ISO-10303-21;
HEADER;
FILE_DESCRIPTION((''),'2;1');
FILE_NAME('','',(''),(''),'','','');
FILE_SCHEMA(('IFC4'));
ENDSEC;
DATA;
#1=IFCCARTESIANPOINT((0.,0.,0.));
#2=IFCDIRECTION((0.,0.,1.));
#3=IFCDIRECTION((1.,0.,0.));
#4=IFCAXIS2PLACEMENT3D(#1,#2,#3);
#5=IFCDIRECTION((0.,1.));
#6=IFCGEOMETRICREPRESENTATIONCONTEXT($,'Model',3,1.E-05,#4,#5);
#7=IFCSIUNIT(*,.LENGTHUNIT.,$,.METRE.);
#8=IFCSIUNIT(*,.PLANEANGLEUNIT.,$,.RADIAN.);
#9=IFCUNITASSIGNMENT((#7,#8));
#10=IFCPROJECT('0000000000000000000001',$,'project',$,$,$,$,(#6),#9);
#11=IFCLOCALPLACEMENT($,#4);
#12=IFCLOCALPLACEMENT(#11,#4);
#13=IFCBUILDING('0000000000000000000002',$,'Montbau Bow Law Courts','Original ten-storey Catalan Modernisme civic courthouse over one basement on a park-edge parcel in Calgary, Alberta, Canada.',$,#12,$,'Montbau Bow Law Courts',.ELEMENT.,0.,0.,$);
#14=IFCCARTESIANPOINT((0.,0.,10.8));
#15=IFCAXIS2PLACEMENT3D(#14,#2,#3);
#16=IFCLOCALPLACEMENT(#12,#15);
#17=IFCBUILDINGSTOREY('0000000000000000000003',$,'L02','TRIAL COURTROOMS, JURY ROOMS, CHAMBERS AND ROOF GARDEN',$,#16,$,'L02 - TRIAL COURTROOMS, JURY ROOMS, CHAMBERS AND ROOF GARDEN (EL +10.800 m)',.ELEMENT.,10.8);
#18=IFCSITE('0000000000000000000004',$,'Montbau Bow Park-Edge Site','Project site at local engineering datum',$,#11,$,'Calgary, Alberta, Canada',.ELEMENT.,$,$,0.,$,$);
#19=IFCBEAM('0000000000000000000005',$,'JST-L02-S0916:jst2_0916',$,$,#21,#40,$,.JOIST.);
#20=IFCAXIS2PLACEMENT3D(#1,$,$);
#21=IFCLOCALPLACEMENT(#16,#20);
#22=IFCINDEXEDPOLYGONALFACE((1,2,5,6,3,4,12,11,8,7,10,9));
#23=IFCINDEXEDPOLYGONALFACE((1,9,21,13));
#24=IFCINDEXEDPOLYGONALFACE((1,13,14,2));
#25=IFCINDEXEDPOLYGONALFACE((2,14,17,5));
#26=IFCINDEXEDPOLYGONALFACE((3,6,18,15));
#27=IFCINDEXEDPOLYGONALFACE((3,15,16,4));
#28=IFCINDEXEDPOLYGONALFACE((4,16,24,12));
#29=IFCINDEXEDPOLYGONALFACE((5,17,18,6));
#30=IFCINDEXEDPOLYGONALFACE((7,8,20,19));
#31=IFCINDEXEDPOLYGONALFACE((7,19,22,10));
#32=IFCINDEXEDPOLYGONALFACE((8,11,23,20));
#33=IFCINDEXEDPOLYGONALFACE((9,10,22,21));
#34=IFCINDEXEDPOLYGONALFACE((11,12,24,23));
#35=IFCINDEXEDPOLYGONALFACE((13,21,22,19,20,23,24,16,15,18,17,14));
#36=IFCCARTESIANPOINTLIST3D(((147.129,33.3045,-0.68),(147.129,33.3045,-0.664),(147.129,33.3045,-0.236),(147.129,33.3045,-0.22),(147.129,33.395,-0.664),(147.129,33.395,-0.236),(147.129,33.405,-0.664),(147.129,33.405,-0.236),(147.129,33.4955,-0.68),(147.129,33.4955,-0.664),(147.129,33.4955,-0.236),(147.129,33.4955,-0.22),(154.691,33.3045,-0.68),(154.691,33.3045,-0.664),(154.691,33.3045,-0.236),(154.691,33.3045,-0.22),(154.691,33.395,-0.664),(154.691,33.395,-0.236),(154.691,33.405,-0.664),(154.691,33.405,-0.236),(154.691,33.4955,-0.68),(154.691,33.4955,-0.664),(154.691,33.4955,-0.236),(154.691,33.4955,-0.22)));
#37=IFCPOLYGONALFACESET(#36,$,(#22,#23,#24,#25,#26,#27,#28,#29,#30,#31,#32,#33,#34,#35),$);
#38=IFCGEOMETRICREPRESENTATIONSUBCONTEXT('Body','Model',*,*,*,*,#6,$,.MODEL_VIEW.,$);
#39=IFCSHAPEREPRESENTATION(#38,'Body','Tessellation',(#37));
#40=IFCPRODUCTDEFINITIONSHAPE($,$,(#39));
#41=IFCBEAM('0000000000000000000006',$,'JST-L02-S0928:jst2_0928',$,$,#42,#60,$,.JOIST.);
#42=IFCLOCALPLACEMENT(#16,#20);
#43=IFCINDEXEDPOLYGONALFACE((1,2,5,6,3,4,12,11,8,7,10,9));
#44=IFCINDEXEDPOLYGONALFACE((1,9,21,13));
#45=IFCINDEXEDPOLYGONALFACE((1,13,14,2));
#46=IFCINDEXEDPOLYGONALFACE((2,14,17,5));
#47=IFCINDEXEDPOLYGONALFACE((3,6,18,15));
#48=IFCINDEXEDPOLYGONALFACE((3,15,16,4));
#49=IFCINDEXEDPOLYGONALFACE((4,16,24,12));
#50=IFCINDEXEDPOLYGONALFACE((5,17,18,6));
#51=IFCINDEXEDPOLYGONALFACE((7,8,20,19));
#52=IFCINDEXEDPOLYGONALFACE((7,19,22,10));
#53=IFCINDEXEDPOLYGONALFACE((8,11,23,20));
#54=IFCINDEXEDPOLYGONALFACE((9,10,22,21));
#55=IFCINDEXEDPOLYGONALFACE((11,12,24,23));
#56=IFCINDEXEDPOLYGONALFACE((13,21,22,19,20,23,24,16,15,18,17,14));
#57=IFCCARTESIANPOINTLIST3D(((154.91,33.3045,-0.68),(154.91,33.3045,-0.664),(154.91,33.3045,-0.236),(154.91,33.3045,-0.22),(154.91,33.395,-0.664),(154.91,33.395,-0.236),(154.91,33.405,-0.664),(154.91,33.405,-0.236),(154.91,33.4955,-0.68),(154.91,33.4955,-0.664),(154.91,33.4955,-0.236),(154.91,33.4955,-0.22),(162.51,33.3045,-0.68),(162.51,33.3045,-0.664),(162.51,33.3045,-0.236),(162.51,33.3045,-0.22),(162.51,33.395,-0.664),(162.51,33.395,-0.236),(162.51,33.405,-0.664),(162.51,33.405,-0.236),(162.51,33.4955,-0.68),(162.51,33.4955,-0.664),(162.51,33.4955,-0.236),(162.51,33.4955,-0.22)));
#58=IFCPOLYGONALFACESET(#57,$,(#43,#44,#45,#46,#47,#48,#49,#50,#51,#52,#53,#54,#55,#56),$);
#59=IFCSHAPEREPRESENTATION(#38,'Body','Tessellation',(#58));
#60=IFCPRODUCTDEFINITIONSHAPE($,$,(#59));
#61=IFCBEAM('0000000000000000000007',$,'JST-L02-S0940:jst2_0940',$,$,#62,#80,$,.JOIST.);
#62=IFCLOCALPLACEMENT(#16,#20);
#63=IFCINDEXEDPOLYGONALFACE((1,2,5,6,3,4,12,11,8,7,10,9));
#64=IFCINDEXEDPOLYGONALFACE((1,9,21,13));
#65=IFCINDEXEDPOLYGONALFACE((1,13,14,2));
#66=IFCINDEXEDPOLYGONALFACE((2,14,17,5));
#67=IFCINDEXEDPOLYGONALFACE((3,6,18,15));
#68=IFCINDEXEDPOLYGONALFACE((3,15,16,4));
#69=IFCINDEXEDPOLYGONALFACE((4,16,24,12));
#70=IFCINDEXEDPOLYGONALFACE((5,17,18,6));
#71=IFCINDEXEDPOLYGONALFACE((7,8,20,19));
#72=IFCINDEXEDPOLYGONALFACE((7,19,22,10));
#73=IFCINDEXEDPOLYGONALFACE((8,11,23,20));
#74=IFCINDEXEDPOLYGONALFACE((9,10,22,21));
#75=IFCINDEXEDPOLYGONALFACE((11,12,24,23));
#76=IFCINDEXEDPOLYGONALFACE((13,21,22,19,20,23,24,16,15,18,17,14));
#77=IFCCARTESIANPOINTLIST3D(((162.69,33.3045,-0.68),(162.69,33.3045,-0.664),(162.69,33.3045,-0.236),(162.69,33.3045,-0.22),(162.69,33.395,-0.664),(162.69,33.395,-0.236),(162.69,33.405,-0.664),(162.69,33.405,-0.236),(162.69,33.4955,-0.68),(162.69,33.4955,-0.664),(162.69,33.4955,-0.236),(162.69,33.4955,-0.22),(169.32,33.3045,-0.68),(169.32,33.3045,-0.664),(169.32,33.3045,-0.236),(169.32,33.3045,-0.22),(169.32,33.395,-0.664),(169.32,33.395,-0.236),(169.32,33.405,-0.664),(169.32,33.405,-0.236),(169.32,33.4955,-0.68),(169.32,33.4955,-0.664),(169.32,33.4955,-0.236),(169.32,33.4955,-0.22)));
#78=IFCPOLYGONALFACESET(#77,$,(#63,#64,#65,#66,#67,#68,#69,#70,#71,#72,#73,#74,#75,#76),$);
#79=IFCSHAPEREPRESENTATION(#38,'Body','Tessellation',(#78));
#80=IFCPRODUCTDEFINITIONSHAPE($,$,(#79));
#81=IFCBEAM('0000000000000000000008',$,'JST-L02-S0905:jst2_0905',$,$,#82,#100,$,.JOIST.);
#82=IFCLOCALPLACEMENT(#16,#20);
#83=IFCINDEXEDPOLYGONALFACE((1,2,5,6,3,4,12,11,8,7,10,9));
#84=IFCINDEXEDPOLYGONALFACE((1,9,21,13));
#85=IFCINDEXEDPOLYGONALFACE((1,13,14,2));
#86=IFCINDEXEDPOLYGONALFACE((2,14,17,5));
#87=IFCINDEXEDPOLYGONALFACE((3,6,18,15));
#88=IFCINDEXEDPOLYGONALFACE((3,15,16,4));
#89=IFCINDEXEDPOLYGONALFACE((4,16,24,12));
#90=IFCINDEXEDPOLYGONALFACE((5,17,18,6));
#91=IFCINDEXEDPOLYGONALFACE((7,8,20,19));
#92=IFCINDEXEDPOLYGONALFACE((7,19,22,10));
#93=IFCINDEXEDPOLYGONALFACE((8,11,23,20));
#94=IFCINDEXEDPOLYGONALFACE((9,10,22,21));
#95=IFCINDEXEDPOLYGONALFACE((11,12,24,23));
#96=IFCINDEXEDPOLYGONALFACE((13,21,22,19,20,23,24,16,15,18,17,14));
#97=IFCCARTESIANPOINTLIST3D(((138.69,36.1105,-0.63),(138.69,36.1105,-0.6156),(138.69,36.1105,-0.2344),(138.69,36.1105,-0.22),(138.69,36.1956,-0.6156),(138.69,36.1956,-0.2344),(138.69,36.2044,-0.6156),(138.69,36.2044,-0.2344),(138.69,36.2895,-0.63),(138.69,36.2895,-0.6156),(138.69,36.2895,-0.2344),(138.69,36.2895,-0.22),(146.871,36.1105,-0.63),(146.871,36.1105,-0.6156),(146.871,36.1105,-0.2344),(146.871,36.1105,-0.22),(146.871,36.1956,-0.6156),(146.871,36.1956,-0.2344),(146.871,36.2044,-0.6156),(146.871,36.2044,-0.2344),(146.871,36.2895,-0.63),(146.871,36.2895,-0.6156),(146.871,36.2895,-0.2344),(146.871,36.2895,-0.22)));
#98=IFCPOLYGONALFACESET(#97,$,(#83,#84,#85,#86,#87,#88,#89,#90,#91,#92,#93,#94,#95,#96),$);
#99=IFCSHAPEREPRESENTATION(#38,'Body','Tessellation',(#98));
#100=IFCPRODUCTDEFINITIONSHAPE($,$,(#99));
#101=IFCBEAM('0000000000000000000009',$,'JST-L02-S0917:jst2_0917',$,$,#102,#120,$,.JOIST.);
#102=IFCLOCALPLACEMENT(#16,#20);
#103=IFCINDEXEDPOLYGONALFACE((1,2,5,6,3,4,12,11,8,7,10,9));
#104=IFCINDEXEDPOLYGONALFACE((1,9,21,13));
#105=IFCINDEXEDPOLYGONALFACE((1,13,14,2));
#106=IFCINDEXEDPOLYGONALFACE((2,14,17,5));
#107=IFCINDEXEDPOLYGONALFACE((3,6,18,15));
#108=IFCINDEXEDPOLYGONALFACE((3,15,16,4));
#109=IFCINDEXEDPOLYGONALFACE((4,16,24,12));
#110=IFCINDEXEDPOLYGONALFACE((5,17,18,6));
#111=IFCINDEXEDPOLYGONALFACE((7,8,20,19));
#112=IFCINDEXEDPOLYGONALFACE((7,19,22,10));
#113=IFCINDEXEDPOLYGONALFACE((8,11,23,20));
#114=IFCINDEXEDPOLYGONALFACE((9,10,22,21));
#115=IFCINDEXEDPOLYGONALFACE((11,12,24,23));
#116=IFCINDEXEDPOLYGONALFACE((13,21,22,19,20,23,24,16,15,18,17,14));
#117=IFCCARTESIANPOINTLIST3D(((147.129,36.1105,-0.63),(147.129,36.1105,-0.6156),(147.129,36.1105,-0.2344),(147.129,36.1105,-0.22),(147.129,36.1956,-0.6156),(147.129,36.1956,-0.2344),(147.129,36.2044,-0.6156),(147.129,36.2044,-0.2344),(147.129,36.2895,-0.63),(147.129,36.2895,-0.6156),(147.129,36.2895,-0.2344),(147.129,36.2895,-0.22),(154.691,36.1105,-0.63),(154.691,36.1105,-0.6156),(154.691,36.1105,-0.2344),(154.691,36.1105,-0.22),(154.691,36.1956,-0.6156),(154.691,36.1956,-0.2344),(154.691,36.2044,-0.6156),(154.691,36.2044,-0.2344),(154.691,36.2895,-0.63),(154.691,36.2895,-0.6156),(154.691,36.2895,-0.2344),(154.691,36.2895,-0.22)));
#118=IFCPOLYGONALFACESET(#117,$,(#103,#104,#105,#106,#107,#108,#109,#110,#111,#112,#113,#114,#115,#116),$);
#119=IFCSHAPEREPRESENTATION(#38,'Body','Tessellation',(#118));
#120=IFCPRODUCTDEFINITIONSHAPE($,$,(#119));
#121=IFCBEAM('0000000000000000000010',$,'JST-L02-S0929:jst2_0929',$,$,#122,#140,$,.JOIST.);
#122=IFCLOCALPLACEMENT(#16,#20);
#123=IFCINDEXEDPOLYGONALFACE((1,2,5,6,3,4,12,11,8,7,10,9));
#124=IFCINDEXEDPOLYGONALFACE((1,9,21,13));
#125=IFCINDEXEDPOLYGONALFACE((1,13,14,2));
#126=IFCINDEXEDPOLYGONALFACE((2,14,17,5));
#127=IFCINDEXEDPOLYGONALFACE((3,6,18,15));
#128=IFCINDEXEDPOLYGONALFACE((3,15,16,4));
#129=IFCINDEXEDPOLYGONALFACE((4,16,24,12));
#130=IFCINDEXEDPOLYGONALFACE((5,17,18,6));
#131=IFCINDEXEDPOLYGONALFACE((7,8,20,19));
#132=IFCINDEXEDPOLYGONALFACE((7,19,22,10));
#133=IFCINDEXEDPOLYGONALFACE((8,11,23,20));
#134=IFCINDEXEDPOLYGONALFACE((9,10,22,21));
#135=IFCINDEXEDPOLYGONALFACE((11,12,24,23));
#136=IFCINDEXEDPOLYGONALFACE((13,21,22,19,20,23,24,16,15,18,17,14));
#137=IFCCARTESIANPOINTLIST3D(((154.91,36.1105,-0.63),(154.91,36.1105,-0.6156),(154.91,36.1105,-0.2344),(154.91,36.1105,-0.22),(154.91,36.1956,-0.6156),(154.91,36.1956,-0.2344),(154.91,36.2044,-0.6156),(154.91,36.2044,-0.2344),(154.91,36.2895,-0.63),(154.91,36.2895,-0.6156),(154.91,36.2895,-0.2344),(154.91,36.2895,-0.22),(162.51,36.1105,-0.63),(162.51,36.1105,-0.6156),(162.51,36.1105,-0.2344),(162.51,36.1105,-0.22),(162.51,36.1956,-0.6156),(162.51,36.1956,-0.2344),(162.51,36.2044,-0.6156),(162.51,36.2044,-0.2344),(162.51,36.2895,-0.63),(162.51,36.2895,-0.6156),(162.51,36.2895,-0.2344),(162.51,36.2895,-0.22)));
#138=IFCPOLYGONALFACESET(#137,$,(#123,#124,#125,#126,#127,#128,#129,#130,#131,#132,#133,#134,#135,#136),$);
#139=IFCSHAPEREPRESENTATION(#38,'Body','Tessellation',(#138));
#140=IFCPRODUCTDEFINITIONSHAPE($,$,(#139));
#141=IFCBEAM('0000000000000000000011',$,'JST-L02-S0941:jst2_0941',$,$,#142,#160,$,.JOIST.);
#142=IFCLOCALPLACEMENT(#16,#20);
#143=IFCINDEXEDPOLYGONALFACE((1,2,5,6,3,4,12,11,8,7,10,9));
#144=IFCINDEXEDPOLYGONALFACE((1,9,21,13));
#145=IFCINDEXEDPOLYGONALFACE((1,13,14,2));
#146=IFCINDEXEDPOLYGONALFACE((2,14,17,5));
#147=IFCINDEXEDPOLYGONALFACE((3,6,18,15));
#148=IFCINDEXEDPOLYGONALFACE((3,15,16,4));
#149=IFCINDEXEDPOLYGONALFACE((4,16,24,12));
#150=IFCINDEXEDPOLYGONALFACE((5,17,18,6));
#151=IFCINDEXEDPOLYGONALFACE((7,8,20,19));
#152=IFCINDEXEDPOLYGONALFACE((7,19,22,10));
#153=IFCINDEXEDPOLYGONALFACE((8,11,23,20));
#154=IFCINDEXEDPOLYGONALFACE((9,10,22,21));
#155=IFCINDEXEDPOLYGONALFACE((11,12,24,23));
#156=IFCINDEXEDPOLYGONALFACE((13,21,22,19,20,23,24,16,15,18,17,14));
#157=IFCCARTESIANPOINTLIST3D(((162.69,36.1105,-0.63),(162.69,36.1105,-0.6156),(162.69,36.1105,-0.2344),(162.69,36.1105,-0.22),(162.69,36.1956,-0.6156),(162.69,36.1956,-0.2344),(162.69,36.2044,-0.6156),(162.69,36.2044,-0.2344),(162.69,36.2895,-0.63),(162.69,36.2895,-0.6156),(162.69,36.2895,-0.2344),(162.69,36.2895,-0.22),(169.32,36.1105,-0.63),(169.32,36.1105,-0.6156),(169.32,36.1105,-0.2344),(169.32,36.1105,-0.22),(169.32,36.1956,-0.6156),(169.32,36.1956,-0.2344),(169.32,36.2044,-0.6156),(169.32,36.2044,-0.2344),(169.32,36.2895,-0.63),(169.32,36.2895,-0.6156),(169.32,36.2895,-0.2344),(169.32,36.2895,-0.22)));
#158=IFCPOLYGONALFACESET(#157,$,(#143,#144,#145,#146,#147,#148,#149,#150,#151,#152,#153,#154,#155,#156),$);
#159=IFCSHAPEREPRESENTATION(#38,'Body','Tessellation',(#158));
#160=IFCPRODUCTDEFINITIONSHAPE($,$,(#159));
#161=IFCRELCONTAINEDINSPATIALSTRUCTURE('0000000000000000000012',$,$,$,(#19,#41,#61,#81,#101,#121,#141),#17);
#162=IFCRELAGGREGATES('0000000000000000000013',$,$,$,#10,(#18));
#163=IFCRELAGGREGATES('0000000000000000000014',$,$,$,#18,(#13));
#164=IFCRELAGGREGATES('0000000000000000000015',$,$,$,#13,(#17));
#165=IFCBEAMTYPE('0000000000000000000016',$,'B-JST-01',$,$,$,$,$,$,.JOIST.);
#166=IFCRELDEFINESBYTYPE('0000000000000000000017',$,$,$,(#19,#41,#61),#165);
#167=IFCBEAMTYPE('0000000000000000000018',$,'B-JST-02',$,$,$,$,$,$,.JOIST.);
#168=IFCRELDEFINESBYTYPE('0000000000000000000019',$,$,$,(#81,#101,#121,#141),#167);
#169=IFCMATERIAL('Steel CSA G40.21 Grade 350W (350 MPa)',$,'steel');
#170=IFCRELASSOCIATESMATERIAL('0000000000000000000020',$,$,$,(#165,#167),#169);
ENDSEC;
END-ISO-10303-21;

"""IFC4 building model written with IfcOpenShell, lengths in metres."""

from ifc_helpers import new_model, si_unit, direction, frame, origin_with_axes, origin_2d_with_axis, place, context, subcontext, project, spatial, i_section, extrude, material, material_profile, profile_set, type_object, element, save


model = new_model("IFC4")

# Units and contexts
model_context = context("Model", 3, precision=1e-05, world=origin_with_axes(), true_north=direction((0.0, 1.0)))
body_context = subcontext(model_context, "Body", "Model", "MODEL_VIEW")
ifc_project = project(units=[si_unit("LENGTHUNIT", "METRE"), si_unit("PLANEANGLEUNIT", "RADIAN")], contexts=[model_context])

# Site, building, storey
site_placement = place(None, origin_with_axes())
site = spatial("IfcSite", under=ifc_project, at=site_placement, Name="Montbau Bow Park-Edge Site", Description="Project site at local engineering datum", LongName="Calgary, Alberta, Canada", CompositionType="ELEMENT", RefElevation=0.0)
building_placement = place(site_placement, origin_with_axes())
building = spatial("IfcBuilding", under=site, at=building_placement, Name="Montbau Bow Law Courts", Description="Original ten-storey Catalan Modernisme civic courthouse over one basement on a park-edge parcel in Calgary, Alberta, Canada.", LongName="Montbau Bow Law Courts", CompositionType="ELEMENT", ElevationOfRefHeight=0.0, ElevationOfTerrain=0.0)
storey_placement = place(building_placement, frame((0.0, 0.0, 10.8), z_axis=(0.0, 0.0, 1.0), x_axis=(1.0, 0.0, 0.0)))
storey = spatial("IfcBuildingStorey", under=building, at=storey_placement, Name="L02", Description="TRIAL COURTROOMS, JURY ROOMS, CHAMBERS AND ROOF GARDEN", LongName="L02 - TRIAL COURTROOMS, JURY ROOMS, CHAMBERS AND ROOF GARDEN (EL +10.800 m)", CompositionType="ELEMENT", Elevation=10.8)

# Beams
ifc_material_1 = material(Name="Steel CSA G40.21 Grade 350W (350 MPa)", Category="steel")
ifc_material_profile_1 = material_profile(ifc_material_1, i_section(OverallWidth=0.191, OverallDepth=0.46, WebThickness=0.0099, FlangeThickness=0.016, at=origin_2d_with_axis()), Name="W460X82", Category="Main", Priority=0)
ifc_profile_set_1 = profile_set([ifc_material_profile_1], Name="Steel CSA G40.21 Grade 350W (350 MPa)")
beam_type_1 = type_object("IfcBeamType", Name="B-JST-01", PredefinedType="JOIST", material=ifc_profile_set_1)
beam_1_placement = place(None, frame((147.129, 33.4, 10.35), z_axis=(1.0, 0.0, 0.0), x_axis=(0.0, 1.0, 0.0)))
element("IfcBeam", 1, at=beam_1_placement, inside=storey, type_object=beam_type_1, Name="JST-L02-S0916:jst2_0916", PredefinedType="JOIST", context=body_context, shape_type="SweptSolid", body=[
    extrude(i_section(OverallWidth=0.191, OverallDepth=0.46, WebThickness=0.0099, FlangeThickness=0.016, at=origin_2d_with_axis()), origin_with_axes(), (0.0, 0.0, 1.0), 7.562),
])
beam_2_placement = place(None, frame((154.91, 33.4, 10.35), z_axis=(1.0, 0.0, 0.0), x_axis=(0.0, 1.0, 0.0)))
element("IfcBeam", 2, at=beam_2_placement, inside=storey, type_object=beam_type_1, Name="JST-L02-S0928:jst2_0928", PredefinedType="JOIST", context=body_context, shape_type="SweptSolid", body=[
    extrude(i_section(OverallWidth=0.191, OverallDepth=0.46, WebThickness=0.0099, FlangeThickness=0.016, at=origin_2d_with_axis()), origin_with_axes(), (0.0, 0.0, 1.0), 7.6),
])
beam_3_placement = place(None, frame((162.69, 33.4, 10.35), z_axis=(1.0, 0.0, 0.0), x_axis=(0.0, 1.0, 0.0)))
element("IfcBeam", 3, at=beam_3_placement, inside=storey, type_object=beam_type_1, Name="JST-L02-S0940:jst2_0940", PredefinedType="JOIST", context=body_context, shape_type="SweptSolid", body=[
    extrude(i_section(OverallWidth=0.191, OverallDepth=0.46, WebThickness=0.0099, FlangeThickness=0.016, at=origin_2d_with_axis()), origin_with_axes(), (0.0, 0.0, 1.0), 6.63),
])
ifc_material_profile_2 = material_profile(ifc_material_1, i_section(OverallWidth=0.179, OverallDepth=0.41, WebThickness=0.0088, FlangeThickness=0.0144, at=origin_2d_with_axis()), Name="W410X67", Category="Main", Priority=0)
ifc_profile_set_2 = profile_set([ifc_material_profile_2], Name="Steel CSA G40.21 Grade 350W (350 MPa)")
beam_type_2 = type_object("IfcBeamType", Name="B-JST-02", PredefinedType="JOIST", material=ifc_profile_set_2)
beam_4_placement = place(None, frame((138.69, 36.2, 10.375), z_axis=(1.0, 0.0, 0.0), x_axis=(0.0, 1.0, 0.0)))
element("IfcBeam", 4, at=beam_4_placement, inside=storey, type_object=beam_type_2, Name="JST-L02-S0905:jst2_0905", PredefinedType="JOIST", context=body_context, shape_type="SweptSolid", body=[
    extrude(i_section(OverallWidth=0.179, OverallDepth=0.41, WebThickness=0.0088, FlangeThickness=0.0144, at=origin_2d_with_axis()), origin_with_axes(), (0.0, 0.0, 1.0), 8.181),
])
beam_5_placement = place(None, frame((147.129, 36.2, 10.375), z_axis=(1.0, 0.0, 0.0), x_axis=(0.0, 1.0, 0.0)))
element("IfcBeam", 5, at=beam_5_placement, inside=storey, type_object=beam_type_2, Name="JST-L02-S0917:jst2_0917", PredefinedType="JOIST", context=body_context, shape_type="SweptSolid", body=[
    extrude(i_section(OverallWidth=0.179, OverallDepth=0.41, WebThickness=0.0088, FlangeThickness=0.0144, at=origin_2d_with_axis()), origin_with_axes(), (0.0, 0.0, 1.0), 7.562),
])
beam_6_placement = place(None, frame((154.91, 36.2, 10.375), z_axis=(1.0, 0.0, 0.0), x_axis=(0.0, 1.0, 0.0)))
element("IfcBeam", 6, at=beam_6_placement, inside=storey, type_object=beam_type_2, Name="JST-L02-S0929:jst2_0929", PredefinedType="JOIST", context=body_context, shape_type="SweptSolid", body=[
    extrude(i_section(OverallWidth=0.179, OverallDepth=0.41, WebThickness=0.0088, FlangeThickness=0.0144, at=origin_2d_with_axis()), origin_with_axes(), (0.0, 0.0, 1.0), 7.6),
])
beam_7_placement = place(None, frame((162.69, 36.2, 10.375), z_axis=(1.0, 0.0, 0.0), x_axis=(0.0, 1.0, 0.0)))
element("IfcBeam", 7, at=beam_7_placement, inside=storey, type_object=beam_type_2, Name="JST-L02-S0941:jst2_0941", PredefinedType="JOIST", context=body_context, shape_type="SweptSolid", body=[
    extrude(i_section(OverallWidth=0.179, OverallDepth=0.41, WebThickness=0.0088, FlangeThickness=0.0144, at=origin_2d_with_axis()), origin_with_axes(), (0.0, 0.0, 1.0), 6.63),
])

save(model, "model.ifc")
